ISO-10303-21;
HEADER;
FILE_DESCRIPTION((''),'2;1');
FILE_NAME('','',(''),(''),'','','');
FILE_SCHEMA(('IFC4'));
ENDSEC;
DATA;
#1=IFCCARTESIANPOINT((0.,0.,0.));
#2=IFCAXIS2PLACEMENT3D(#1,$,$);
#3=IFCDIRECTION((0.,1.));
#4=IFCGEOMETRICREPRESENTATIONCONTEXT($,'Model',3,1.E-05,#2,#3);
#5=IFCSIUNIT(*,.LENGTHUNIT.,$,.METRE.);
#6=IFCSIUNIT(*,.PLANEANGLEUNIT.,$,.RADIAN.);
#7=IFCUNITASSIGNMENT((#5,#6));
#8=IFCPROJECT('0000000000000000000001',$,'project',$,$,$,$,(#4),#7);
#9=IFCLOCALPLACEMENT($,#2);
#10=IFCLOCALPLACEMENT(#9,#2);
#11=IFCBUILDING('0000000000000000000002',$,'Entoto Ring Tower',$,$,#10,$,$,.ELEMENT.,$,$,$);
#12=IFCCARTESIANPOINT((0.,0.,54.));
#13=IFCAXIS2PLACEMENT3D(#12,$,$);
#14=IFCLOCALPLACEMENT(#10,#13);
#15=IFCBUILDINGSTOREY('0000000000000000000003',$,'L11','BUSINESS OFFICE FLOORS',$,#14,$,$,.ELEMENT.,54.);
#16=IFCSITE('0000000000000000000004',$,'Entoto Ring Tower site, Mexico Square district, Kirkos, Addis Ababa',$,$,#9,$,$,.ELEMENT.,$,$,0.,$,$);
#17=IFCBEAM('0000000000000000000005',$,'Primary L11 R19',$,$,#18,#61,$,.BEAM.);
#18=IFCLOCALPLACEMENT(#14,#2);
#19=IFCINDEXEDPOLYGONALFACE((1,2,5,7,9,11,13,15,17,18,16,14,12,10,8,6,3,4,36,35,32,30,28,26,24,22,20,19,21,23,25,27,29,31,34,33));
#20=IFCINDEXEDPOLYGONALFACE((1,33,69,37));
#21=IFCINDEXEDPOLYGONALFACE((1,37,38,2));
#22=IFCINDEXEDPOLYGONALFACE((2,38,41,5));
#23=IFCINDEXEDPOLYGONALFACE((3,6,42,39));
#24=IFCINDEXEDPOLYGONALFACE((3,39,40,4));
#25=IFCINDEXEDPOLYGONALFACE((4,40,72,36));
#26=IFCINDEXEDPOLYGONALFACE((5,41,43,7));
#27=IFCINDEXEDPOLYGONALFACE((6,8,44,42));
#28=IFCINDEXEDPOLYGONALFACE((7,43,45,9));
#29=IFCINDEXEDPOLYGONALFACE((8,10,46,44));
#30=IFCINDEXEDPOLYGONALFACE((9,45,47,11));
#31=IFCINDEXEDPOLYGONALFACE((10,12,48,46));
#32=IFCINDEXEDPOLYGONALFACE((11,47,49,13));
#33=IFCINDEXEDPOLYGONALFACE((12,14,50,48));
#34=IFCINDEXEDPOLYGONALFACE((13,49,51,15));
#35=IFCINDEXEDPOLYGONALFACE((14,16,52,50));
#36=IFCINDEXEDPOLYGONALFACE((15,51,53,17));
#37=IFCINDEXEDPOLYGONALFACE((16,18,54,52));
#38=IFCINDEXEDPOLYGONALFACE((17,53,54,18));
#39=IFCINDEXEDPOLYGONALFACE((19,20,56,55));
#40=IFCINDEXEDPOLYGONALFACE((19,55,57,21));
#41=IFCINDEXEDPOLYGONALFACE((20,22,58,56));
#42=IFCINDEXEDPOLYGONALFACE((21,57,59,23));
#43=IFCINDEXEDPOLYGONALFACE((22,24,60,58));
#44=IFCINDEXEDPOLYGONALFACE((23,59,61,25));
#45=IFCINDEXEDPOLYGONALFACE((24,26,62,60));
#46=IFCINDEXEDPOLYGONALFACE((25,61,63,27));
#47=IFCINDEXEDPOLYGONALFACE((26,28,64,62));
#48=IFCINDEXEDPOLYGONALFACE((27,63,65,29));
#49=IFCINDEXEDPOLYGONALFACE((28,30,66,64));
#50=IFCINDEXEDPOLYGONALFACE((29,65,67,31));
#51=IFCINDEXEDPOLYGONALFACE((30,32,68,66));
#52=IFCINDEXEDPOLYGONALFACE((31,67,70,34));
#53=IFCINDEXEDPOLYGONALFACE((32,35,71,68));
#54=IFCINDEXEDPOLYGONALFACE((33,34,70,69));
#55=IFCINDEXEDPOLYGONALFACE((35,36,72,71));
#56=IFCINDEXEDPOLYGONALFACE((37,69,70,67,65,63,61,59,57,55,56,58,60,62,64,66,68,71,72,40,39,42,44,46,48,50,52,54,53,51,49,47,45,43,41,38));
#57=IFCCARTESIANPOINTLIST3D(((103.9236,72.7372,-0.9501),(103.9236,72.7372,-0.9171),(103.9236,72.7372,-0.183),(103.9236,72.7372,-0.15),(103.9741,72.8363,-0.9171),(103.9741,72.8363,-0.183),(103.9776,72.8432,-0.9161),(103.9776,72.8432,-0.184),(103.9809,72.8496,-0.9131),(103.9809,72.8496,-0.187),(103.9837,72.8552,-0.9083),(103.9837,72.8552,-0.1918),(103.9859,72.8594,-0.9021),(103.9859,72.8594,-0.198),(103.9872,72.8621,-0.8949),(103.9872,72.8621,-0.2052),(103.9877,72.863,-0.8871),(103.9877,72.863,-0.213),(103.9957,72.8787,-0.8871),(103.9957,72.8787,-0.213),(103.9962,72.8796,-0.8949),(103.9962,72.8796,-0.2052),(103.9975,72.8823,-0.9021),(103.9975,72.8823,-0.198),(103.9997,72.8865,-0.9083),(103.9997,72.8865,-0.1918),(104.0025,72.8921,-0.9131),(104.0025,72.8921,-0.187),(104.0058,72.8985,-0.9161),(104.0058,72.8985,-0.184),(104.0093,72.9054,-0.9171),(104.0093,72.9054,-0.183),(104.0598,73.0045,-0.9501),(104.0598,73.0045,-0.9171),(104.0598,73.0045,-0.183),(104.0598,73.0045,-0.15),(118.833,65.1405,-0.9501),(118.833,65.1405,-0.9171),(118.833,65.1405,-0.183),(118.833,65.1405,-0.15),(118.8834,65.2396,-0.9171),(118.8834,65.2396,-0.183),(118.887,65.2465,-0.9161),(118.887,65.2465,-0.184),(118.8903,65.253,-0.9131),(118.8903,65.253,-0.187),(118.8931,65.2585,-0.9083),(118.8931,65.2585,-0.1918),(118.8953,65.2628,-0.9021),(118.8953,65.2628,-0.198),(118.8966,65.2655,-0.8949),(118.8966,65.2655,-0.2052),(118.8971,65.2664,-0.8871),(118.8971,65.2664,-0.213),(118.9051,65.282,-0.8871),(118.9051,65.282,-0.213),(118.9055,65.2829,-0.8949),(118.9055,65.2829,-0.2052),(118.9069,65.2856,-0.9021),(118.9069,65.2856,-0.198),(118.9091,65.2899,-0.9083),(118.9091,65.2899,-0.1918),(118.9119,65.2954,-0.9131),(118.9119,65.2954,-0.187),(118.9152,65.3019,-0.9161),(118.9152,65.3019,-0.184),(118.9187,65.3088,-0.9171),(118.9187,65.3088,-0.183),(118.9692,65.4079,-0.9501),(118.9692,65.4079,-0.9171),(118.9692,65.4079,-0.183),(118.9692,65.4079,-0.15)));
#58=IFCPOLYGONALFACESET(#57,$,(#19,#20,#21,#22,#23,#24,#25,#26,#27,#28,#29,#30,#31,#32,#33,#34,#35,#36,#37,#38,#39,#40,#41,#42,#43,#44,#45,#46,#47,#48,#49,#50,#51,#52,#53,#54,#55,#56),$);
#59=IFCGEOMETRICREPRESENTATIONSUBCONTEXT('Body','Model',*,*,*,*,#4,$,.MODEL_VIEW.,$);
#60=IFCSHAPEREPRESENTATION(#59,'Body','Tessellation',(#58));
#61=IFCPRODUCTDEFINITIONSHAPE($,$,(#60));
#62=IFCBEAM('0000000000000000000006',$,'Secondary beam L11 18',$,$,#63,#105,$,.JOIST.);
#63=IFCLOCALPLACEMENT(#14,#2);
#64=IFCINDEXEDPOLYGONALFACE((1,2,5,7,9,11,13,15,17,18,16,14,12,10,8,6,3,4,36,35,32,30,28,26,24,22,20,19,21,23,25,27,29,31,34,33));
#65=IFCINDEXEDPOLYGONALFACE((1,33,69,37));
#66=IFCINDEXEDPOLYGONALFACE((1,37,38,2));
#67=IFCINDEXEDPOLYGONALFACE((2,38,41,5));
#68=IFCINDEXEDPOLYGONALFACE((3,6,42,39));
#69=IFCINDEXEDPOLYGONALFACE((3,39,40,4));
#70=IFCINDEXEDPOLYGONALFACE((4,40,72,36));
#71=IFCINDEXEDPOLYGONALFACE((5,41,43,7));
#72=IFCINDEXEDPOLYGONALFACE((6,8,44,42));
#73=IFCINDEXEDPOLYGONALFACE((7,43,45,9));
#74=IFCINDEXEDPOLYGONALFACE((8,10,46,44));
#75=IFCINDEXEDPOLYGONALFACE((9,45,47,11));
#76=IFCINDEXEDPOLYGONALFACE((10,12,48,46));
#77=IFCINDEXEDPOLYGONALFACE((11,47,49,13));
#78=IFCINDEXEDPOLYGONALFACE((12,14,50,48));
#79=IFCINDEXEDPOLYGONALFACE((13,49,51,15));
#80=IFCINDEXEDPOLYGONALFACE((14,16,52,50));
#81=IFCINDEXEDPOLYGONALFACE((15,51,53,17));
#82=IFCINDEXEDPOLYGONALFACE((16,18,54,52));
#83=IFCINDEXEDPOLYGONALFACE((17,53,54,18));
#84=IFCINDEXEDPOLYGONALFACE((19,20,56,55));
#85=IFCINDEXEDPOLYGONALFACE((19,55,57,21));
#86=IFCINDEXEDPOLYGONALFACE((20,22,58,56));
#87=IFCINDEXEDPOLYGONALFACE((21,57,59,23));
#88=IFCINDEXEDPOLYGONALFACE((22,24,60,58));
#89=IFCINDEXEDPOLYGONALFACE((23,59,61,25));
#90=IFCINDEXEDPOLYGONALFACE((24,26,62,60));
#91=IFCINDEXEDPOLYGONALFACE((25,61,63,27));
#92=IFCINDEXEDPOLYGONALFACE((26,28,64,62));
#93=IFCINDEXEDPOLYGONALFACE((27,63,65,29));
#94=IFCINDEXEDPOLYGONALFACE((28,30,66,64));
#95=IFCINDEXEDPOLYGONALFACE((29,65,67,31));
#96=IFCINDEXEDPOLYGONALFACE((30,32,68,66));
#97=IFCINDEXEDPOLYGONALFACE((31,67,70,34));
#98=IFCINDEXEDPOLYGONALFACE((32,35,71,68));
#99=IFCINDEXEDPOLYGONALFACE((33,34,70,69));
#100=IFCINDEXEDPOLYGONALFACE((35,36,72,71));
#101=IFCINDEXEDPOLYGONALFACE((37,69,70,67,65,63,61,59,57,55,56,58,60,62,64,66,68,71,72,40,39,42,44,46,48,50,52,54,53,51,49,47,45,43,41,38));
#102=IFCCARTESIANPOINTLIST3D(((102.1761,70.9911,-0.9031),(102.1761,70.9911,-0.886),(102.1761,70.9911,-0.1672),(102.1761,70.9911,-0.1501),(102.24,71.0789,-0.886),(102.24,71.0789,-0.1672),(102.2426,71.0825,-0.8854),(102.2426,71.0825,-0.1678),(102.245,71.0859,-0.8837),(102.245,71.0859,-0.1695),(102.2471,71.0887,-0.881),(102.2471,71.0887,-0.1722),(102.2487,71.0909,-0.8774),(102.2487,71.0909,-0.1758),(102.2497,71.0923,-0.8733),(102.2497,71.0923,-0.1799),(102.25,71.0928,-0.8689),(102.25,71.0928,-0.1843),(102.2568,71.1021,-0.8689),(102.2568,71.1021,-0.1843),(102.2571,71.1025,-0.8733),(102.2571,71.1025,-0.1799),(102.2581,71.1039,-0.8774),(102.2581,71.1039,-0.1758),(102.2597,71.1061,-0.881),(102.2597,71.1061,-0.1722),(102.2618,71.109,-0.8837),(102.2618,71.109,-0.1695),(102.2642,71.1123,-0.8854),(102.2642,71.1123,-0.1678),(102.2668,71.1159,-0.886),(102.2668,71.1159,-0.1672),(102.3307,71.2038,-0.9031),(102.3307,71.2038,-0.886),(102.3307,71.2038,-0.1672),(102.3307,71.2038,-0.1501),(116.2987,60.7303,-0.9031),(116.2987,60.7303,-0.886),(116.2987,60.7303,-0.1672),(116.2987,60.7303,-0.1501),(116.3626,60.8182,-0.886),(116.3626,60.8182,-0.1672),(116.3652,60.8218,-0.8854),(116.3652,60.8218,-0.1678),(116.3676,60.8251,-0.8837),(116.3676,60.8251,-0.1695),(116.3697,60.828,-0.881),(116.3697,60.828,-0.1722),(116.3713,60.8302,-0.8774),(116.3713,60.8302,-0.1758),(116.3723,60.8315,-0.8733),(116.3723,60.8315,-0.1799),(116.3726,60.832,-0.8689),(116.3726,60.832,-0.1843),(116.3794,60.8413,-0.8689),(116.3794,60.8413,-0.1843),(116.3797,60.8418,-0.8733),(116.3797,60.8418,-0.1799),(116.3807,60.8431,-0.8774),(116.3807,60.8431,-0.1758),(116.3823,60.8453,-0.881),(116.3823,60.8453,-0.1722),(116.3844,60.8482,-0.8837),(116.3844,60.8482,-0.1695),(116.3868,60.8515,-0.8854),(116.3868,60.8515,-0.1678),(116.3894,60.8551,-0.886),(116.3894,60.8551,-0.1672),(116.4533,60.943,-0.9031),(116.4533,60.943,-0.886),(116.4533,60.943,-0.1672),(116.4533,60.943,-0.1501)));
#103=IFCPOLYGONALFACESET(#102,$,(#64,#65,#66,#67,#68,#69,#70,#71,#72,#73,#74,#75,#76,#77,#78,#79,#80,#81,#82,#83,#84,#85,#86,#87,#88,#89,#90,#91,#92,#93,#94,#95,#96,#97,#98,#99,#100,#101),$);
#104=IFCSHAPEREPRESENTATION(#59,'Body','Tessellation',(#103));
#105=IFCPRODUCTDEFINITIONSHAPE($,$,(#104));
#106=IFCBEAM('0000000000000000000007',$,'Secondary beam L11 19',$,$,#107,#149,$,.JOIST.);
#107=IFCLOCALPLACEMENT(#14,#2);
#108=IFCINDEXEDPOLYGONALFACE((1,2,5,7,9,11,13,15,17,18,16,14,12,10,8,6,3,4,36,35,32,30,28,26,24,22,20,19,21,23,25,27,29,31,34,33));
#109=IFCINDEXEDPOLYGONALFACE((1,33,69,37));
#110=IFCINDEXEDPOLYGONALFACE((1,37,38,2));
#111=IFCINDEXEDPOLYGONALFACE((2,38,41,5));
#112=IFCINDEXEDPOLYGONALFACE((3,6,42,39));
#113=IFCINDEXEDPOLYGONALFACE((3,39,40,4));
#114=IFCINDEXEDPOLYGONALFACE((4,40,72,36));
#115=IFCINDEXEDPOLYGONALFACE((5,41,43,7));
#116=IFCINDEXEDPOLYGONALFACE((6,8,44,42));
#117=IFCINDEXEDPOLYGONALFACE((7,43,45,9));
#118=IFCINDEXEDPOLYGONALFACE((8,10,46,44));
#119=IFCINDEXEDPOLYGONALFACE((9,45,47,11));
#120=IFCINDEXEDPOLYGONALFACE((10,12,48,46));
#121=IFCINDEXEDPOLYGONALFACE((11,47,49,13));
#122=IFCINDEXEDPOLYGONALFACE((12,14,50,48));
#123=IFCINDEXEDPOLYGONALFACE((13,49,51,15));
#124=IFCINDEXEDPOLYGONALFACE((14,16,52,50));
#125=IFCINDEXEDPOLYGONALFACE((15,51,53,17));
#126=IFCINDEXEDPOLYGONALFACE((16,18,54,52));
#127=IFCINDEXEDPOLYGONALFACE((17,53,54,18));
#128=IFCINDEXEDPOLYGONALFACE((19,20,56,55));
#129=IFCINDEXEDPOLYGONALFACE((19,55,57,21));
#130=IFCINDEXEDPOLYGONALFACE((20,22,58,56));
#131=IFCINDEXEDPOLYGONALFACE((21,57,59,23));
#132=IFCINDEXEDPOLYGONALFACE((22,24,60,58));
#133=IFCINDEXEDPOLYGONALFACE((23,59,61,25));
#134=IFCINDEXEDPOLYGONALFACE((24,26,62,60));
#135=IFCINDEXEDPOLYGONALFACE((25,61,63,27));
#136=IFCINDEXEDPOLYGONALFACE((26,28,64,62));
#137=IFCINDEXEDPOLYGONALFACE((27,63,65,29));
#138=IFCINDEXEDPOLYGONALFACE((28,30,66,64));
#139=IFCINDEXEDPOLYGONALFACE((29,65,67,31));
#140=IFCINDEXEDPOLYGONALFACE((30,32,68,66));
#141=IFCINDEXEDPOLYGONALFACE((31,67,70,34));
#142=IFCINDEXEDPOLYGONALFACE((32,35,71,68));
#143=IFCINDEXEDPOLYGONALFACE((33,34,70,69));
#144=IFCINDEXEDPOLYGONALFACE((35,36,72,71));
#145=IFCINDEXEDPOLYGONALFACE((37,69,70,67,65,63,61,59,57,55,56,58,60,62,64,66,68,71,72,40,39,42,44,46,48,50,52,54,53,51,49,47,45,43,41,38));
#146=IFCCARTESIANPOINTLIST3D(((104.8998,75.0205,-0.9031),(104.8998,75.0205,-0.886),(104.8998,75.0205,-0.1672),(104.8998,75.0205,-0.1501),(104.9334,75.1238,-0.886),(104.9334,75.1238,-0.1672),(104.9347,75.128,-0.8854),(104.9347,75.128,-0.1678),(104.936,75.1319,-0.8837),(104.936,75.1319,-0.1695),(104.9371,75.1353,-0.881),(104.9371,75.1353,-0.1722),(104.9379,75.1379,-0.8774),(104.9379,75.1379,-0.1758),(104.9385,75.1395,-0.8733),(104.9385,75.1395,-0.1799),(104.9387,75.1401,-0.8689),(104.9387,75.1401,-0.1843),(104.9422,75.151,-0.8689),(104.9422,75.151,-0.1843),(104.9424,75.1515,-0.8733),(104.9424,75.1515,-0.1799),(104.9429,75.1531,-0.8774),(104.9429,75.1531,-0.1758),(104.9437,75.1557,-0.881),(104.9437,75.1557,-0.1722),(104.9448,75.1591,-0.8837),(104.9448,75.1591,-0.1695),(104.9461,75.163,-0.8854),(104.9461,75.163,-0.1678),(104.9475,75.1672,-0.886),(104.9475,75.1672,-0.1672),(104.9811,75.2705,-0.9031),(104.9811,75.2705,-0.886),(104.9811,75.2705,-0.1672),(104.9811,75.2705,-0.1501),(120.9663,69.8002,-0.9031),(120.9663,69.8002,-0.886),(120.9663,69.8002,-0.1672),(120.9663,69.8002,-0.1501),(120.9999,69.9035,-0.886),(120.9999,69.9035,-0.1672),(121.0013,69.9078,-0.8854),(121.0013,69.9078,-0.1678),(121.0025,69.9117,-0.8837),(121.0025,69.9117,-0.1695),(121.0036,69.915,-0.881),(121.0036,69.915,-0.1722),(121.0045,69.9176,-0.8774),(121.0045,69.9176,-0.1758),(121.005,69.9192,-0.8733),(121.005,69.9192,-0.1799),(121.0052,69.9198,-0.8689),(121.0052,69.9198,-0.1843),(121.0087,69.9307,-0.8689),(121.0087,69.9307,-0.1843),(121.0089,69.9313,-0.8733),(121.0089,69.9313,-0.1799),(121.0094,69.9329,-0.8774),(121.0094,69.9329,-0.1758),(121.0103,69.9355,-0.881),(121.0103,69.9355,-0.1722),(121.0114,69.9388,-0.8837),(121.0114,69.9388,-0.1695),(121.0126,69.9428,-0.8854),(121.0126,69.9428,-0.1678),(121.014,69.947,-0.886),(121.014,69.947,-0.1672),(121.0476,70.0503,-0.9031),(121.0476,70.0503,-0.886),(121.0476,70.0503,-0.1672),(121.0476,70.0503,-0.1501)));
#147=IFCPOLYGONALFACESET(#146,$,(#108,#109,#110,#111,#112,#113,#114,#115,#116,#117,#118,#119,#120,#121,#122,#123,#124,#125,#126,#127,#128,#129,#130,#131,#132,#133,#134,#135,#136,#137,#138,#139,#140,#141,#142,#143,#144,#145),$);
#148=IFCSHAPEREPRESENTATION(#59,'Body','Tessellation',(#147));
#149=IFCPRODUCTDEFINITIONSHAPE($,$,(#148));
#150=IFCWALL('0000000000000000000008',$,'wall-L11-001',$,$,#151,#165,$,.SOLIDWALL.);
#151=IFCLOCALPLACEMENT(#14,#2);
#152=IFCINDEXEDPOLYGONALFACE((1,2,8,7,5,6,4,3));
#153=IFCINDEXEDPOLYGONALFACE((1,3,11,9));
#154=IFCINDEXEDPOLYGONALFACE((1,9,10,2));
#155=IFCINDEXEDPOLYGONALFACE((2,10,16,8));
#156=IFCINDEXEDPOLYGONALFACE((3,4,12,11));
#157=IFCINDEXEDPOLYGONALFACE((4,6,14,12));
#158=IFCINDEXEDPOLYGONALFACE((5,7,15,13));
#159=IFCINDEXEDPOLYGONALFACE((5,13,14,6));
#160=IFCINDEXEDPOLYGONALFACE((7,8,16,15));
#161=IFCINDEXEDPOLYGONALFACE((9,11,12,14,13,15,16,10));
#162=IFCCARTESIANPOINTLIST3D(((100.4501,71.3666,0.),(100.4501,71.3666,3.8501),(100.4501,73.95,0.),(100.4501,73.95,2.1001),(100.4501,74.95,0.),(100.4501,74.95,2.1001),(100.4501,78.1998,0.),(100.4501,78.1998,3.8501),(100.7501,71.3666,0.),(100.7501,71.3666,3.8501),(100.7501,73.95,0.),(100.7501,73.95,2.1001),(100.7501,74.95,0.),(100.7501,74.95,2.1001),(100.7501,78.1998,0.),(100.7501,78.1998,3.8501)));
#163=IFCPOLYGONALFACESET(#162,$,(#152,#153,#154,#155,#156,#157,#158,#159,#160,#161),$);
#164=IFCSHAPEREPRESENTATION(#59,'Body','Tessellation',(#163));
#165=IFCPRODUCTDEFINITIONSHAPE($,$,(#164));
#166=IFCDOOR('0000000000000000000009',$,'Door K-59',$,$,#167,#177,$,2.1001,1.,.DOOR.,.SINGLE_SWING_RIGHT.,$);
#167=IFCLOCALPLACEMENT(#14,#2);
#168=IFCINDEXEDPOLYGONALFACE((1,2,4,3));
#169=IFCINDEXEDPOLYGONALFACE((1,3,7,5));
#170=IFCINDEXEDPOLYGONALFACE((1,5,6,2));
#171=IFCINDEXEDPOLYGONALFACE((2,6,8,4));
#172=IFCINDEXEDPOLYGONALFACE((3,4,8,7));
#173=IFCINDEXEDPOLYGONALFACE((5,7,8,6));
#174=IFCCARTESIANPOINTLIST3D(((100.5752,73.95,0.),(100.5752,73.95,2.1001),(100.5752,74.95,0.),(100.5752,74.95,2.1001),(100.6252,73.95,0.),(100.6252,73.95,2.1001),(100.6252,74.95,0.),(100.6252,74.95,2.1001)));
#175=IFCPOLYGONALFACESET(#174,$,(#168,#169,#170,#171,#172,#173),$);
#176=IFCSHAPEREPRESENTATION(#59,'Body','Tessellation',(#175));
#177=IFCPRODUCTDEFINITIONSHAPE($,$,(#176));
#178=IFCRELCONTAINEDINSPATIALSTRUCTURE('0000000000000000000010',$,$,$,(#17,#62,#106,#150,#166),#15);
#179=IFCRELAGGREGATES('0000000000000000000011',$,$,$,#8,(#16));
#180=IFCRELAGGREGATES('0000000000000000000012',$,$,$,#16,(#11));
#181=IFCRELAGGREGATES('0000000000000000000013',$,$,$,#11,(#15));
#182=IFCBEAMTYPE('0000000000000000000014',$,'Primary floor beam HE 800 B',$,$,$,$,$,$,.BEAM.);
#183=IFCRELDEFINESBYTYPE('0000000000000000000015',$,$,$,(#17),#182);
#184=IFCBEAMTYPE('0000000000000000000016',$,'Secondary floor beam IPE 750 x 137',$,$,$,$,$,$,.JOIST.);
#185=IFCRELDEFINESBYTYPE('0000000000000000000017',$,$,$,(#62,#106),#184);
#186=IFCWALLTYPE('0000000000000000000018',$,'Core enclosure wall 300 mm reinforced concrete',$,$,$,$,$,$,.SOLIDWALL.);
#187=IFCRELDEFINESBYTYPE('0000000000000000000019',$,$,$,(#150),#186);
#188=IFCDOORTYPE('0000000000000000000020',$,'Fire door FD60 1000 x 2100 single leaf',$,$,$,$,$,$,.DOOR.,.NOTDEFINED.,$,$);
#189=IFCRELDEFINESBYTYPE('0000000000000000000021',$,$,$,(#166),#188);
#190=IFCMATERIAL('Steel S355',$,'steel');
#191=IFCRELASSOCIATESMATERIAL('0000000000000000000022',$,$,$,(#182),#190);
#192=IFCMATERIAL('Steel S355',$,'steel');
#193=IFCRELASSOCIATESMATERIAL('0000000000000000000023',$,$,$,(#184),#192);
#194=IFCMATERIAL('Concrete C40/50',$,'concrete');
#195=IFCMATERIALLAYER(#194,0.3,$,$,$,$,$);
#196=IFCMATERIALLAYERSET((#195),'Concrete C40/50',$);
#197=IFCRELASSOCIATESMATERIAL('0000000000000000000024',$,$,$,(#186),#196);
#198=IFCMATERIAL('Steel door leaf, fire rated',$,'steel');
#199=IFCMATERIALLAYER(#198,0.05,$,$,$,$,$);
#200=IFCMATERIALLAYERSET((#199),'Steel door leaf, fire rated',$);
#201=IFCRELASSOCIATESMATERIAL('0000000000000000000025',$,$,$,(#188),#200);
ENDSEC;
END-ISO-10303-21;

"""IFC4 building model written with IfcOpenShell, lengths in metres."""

from ifc_helpers import new_model, si_unit, direction, frame, frame_2d, origin, origin_2d, place, context, subcontext, project, spatial, rectangle, i_section, extrude, material, layer, layer_set, material_profile, profile_set, type_object, element, fill, save


model = new_model("IFC4")

# Units and contexts
model_context = context("Model", 3, precision=1e-05, world=origin(), true_north=direction((0.0, 1.0)))
body_context = subcontext(model_context, "Body", "Model", "MODEL_VIEW")
ifc_project = project(units=[si_unit("LENGTHUNIT", "METRE"), si_unit("PLANEANGLEUNIT", "RADIAN")], contexts=[model_context])

# Site, building, storey
site_placement = place(None, origin())
site = spatial("IfcSite", under=ifc_project, at=site_placement, Name="Entoto Ring Tower site, Mexico Square district, Kirkos, Addis Ababa", CompositionType="ELEMENT", RefElevation=0.0)
building_placement = place(site_placement, origin())
building = spatial("IfcBuilding", under=site, at=building_placement, Name="Entoto Ring Tower", CompositionType="ELEMENT")
storey_placement = place(building_placement, frame((0.0, 0.0, 54.0)))
storey = spatial("IfcBuildingStorey", under=building, at=storey_placement, Name="L11", Description="BUSINESS OFFICE FLOORS", CompositionType="ELEMENT", Elevation=54.0)

# Beams
ifc_material_1 = material(Name="Steel S355", Category="steel")
ifc_material_profile_1 = material_profile(ifc_material_1, i_section(OverallWidth=0.3, OverallDepth=0.8, WebThickness=0.0176, FlangeThickness=0.033, FilletRadius=0.03, at=origin_2d()), Name="HE 800 B")
ifc_profile_set_1 = profile_set([ifc_material_profile_1], Name="Steel S355")
beam_type_1 = type_object("IfcBeamType", Name="Primary floor beam HE 800 B", PredefinedType="BEAM", material=ifc_profile_set_1)
beam_1_placement = place(storey_placement, frame((103.9917, 72.8708, -0.55), z_axis=(0.891008, -0.453988, 0.0), x_axis=(0.453988, 0.891008, 0.0)))
element("IfcBeam", 1, at=beam_1_placement, inside=storey, type_object=beam_type_1, Name="Primary L11 R19", PredefinedType="BEAM", context=body_context, shape_type="SweptSolid", body=[
    extrude(i_section(OverallWidth=0.3, OverallDepth=0.8, WebThickness=0.0176, FlangeThickness=0.033, FilletRadius=0.03, at=origin_2d()), origin(), (0.0, 0.0, 1.0), 16.7332),
])
ifc_material_2 = material(Name="Steel S355", Category="steel")
ifc_material_profile_2 = material_profile(ifc_material_2, i_section(OverallWidth=0.2629, OverallDepth=0.7529, WebThickness=0.0115, FlangeThickness=0.0171, FilletRadius=0.0171, at=origin_2d()), Name="IPE 750 x 137")
ifc_profile_set_2 = profile_set([ifc_material_profile_2], Name="Steel S355")
beam_type_2 = type_object("IfcBeamType", Name="Secondary floor beam IPE 750 x 137", PredefinedType="JOIST", material=ifc_profile_set_2)
beam_2_placement = place(storey_placement, frame((102.2534, 71.0974, -0.5266), z_axis=(0.809014, -0.587789, 0.0), x_axis=(0.587789, 0.809014, 0.0)))
element("IfcBeam", 2, at=beam_2_placement, inside=storey, type_object=beam_type_2, Name="Secondary beam L11 18", PredefinedType="JOIST", context=body_context, shape_type="SweptSolid", body=[
    extrude(i_section(OverallWidth=0.2629, OverallDepth=0.7529, WebThickness=0.0115, FlangeThickness=0.0171, FilletRadius=0.0171, at=origin_2d()), origin(), (0.0, 0.0, 1.0), 17.4565),
])
beam_3_placement = place(storey_placement, frame((104.9404, 75.1455, -0.5266), z_axis=(0.951058, -0.309013, 0.0), x_axis=(0.309013, 0.951058, 0.0)))
element("IfcBeam", 3, at=beam_3_placement, inside=storey, type_object=beam_type_2, Name="Secondary beam L11 19", PredefinedType="JOIST", context=body_context, shape_type="SweptSolid", body=[
    extrude(i_section(OverallWidth=0.2629, OverallDepth=0.7529, WebThickness=0.0115, FlangeThickness=0.0171, FilletRadius=0.0171, at=origin_2d()), origin(), (0.0, 0.0, 1.0), 16.8933),
])

# Wall, opening, door
ifc_material_3 = material(Name="Concrete C40/50", Category="concrete")
ifc_layer_1 = layer(ifc_material_3, 0.3)
ifc_layer_set_1 = layer_set([ifc_layer_1], Name="Concrete C40/50")
wall_type_1 = type_object("IfcWallType", Name="Core enclosure wall 300 mm reinforced concrete", PredefinedType="SOLIDWALL", material=ifc_layer_set_1)
wall_1_placement = place(storey_placement, frame((100.6001, 71.3667, 0.0), z_axis=(0.0, 0.0, 1.0), x_axis=(0.0, 1.0, 0.0)))
wall_1 = element("IfcWall", 4, at=wall_1_placement, inside=storey, type_object=wall_type_1, Name="wall-L11-001", PredefinedType="SOLIDWALL", context=body_context, shape_type="SweptSolid", body=[
    extrude(rectangle(XDim=6.8333, YDim=0.3, at=frame_2d((3.4165, 0.0))), origin(), (0.0, 0.0, 1.0), 3.8501),
])
opening_1_placement = place(wall_1_placement, frame((2.5833, 0.0, 0.0)))
opening_1 = element("IfcOpeningElement", 5, at=opening_1_placement, cuts=wall_1, PredefinedType="OPENING", context=body_context, shape_type="SweptSolid", body=[
    extrude(rectangle(XDim=1.0, YDim=2.1001, at=frame_2d((0.5, 1.05))), frame((0.0, 0.1602, 0.0), z_axis=(0.0, -1.0, 0.0), x_axis=(1.0, 0.0, 0.0)), (0.0, 0.0, 1.0), 0.3201),
])
ifc_material_4 = material(Name="Steel door leaf, fire rated", Category="steel")
ifc_layer_2 = layer(ifc_material_4, 0.05)
ifc_layer_set_2 = layer_set([ifc_layer_2], Name="Steel door leaf, fire rated")
door_type_1 = type_object("IfcDoorType", Name="Fire door FD60 1000 x 2100 single leaf", OperationType="NOTDEFINED", PredefinedType="DOOR", material=ifc_layer_set_2)
door_1_placement = place(opening_1_placement, origin())
door_1 = element("IfcDoor", 6, at=door_1_placement, inside=storey, type_object=door_type_1, Name="Door K-59", OperationType="SINGLE_SWING_RIGHT", OverallHeight=2.1001, OverallWidth=1.0, PredefinedType="DOOR", context=body_context, shape_type="SweptSolid", body=[
    extrude(rectangle(XDim=1.0, YDim=2.1001, at=frame_2d((0.5, 1.05))), frame((0.0, 0.0249, 0.0), z_axis=(0.0, -1.0, 0.0), x_axis=(1.0, 0.0, 0.0)), (0.0, 0.0, 1.0), 0.05),
])
fill(opening_1, door_1)

save(model, "model.ifc")
